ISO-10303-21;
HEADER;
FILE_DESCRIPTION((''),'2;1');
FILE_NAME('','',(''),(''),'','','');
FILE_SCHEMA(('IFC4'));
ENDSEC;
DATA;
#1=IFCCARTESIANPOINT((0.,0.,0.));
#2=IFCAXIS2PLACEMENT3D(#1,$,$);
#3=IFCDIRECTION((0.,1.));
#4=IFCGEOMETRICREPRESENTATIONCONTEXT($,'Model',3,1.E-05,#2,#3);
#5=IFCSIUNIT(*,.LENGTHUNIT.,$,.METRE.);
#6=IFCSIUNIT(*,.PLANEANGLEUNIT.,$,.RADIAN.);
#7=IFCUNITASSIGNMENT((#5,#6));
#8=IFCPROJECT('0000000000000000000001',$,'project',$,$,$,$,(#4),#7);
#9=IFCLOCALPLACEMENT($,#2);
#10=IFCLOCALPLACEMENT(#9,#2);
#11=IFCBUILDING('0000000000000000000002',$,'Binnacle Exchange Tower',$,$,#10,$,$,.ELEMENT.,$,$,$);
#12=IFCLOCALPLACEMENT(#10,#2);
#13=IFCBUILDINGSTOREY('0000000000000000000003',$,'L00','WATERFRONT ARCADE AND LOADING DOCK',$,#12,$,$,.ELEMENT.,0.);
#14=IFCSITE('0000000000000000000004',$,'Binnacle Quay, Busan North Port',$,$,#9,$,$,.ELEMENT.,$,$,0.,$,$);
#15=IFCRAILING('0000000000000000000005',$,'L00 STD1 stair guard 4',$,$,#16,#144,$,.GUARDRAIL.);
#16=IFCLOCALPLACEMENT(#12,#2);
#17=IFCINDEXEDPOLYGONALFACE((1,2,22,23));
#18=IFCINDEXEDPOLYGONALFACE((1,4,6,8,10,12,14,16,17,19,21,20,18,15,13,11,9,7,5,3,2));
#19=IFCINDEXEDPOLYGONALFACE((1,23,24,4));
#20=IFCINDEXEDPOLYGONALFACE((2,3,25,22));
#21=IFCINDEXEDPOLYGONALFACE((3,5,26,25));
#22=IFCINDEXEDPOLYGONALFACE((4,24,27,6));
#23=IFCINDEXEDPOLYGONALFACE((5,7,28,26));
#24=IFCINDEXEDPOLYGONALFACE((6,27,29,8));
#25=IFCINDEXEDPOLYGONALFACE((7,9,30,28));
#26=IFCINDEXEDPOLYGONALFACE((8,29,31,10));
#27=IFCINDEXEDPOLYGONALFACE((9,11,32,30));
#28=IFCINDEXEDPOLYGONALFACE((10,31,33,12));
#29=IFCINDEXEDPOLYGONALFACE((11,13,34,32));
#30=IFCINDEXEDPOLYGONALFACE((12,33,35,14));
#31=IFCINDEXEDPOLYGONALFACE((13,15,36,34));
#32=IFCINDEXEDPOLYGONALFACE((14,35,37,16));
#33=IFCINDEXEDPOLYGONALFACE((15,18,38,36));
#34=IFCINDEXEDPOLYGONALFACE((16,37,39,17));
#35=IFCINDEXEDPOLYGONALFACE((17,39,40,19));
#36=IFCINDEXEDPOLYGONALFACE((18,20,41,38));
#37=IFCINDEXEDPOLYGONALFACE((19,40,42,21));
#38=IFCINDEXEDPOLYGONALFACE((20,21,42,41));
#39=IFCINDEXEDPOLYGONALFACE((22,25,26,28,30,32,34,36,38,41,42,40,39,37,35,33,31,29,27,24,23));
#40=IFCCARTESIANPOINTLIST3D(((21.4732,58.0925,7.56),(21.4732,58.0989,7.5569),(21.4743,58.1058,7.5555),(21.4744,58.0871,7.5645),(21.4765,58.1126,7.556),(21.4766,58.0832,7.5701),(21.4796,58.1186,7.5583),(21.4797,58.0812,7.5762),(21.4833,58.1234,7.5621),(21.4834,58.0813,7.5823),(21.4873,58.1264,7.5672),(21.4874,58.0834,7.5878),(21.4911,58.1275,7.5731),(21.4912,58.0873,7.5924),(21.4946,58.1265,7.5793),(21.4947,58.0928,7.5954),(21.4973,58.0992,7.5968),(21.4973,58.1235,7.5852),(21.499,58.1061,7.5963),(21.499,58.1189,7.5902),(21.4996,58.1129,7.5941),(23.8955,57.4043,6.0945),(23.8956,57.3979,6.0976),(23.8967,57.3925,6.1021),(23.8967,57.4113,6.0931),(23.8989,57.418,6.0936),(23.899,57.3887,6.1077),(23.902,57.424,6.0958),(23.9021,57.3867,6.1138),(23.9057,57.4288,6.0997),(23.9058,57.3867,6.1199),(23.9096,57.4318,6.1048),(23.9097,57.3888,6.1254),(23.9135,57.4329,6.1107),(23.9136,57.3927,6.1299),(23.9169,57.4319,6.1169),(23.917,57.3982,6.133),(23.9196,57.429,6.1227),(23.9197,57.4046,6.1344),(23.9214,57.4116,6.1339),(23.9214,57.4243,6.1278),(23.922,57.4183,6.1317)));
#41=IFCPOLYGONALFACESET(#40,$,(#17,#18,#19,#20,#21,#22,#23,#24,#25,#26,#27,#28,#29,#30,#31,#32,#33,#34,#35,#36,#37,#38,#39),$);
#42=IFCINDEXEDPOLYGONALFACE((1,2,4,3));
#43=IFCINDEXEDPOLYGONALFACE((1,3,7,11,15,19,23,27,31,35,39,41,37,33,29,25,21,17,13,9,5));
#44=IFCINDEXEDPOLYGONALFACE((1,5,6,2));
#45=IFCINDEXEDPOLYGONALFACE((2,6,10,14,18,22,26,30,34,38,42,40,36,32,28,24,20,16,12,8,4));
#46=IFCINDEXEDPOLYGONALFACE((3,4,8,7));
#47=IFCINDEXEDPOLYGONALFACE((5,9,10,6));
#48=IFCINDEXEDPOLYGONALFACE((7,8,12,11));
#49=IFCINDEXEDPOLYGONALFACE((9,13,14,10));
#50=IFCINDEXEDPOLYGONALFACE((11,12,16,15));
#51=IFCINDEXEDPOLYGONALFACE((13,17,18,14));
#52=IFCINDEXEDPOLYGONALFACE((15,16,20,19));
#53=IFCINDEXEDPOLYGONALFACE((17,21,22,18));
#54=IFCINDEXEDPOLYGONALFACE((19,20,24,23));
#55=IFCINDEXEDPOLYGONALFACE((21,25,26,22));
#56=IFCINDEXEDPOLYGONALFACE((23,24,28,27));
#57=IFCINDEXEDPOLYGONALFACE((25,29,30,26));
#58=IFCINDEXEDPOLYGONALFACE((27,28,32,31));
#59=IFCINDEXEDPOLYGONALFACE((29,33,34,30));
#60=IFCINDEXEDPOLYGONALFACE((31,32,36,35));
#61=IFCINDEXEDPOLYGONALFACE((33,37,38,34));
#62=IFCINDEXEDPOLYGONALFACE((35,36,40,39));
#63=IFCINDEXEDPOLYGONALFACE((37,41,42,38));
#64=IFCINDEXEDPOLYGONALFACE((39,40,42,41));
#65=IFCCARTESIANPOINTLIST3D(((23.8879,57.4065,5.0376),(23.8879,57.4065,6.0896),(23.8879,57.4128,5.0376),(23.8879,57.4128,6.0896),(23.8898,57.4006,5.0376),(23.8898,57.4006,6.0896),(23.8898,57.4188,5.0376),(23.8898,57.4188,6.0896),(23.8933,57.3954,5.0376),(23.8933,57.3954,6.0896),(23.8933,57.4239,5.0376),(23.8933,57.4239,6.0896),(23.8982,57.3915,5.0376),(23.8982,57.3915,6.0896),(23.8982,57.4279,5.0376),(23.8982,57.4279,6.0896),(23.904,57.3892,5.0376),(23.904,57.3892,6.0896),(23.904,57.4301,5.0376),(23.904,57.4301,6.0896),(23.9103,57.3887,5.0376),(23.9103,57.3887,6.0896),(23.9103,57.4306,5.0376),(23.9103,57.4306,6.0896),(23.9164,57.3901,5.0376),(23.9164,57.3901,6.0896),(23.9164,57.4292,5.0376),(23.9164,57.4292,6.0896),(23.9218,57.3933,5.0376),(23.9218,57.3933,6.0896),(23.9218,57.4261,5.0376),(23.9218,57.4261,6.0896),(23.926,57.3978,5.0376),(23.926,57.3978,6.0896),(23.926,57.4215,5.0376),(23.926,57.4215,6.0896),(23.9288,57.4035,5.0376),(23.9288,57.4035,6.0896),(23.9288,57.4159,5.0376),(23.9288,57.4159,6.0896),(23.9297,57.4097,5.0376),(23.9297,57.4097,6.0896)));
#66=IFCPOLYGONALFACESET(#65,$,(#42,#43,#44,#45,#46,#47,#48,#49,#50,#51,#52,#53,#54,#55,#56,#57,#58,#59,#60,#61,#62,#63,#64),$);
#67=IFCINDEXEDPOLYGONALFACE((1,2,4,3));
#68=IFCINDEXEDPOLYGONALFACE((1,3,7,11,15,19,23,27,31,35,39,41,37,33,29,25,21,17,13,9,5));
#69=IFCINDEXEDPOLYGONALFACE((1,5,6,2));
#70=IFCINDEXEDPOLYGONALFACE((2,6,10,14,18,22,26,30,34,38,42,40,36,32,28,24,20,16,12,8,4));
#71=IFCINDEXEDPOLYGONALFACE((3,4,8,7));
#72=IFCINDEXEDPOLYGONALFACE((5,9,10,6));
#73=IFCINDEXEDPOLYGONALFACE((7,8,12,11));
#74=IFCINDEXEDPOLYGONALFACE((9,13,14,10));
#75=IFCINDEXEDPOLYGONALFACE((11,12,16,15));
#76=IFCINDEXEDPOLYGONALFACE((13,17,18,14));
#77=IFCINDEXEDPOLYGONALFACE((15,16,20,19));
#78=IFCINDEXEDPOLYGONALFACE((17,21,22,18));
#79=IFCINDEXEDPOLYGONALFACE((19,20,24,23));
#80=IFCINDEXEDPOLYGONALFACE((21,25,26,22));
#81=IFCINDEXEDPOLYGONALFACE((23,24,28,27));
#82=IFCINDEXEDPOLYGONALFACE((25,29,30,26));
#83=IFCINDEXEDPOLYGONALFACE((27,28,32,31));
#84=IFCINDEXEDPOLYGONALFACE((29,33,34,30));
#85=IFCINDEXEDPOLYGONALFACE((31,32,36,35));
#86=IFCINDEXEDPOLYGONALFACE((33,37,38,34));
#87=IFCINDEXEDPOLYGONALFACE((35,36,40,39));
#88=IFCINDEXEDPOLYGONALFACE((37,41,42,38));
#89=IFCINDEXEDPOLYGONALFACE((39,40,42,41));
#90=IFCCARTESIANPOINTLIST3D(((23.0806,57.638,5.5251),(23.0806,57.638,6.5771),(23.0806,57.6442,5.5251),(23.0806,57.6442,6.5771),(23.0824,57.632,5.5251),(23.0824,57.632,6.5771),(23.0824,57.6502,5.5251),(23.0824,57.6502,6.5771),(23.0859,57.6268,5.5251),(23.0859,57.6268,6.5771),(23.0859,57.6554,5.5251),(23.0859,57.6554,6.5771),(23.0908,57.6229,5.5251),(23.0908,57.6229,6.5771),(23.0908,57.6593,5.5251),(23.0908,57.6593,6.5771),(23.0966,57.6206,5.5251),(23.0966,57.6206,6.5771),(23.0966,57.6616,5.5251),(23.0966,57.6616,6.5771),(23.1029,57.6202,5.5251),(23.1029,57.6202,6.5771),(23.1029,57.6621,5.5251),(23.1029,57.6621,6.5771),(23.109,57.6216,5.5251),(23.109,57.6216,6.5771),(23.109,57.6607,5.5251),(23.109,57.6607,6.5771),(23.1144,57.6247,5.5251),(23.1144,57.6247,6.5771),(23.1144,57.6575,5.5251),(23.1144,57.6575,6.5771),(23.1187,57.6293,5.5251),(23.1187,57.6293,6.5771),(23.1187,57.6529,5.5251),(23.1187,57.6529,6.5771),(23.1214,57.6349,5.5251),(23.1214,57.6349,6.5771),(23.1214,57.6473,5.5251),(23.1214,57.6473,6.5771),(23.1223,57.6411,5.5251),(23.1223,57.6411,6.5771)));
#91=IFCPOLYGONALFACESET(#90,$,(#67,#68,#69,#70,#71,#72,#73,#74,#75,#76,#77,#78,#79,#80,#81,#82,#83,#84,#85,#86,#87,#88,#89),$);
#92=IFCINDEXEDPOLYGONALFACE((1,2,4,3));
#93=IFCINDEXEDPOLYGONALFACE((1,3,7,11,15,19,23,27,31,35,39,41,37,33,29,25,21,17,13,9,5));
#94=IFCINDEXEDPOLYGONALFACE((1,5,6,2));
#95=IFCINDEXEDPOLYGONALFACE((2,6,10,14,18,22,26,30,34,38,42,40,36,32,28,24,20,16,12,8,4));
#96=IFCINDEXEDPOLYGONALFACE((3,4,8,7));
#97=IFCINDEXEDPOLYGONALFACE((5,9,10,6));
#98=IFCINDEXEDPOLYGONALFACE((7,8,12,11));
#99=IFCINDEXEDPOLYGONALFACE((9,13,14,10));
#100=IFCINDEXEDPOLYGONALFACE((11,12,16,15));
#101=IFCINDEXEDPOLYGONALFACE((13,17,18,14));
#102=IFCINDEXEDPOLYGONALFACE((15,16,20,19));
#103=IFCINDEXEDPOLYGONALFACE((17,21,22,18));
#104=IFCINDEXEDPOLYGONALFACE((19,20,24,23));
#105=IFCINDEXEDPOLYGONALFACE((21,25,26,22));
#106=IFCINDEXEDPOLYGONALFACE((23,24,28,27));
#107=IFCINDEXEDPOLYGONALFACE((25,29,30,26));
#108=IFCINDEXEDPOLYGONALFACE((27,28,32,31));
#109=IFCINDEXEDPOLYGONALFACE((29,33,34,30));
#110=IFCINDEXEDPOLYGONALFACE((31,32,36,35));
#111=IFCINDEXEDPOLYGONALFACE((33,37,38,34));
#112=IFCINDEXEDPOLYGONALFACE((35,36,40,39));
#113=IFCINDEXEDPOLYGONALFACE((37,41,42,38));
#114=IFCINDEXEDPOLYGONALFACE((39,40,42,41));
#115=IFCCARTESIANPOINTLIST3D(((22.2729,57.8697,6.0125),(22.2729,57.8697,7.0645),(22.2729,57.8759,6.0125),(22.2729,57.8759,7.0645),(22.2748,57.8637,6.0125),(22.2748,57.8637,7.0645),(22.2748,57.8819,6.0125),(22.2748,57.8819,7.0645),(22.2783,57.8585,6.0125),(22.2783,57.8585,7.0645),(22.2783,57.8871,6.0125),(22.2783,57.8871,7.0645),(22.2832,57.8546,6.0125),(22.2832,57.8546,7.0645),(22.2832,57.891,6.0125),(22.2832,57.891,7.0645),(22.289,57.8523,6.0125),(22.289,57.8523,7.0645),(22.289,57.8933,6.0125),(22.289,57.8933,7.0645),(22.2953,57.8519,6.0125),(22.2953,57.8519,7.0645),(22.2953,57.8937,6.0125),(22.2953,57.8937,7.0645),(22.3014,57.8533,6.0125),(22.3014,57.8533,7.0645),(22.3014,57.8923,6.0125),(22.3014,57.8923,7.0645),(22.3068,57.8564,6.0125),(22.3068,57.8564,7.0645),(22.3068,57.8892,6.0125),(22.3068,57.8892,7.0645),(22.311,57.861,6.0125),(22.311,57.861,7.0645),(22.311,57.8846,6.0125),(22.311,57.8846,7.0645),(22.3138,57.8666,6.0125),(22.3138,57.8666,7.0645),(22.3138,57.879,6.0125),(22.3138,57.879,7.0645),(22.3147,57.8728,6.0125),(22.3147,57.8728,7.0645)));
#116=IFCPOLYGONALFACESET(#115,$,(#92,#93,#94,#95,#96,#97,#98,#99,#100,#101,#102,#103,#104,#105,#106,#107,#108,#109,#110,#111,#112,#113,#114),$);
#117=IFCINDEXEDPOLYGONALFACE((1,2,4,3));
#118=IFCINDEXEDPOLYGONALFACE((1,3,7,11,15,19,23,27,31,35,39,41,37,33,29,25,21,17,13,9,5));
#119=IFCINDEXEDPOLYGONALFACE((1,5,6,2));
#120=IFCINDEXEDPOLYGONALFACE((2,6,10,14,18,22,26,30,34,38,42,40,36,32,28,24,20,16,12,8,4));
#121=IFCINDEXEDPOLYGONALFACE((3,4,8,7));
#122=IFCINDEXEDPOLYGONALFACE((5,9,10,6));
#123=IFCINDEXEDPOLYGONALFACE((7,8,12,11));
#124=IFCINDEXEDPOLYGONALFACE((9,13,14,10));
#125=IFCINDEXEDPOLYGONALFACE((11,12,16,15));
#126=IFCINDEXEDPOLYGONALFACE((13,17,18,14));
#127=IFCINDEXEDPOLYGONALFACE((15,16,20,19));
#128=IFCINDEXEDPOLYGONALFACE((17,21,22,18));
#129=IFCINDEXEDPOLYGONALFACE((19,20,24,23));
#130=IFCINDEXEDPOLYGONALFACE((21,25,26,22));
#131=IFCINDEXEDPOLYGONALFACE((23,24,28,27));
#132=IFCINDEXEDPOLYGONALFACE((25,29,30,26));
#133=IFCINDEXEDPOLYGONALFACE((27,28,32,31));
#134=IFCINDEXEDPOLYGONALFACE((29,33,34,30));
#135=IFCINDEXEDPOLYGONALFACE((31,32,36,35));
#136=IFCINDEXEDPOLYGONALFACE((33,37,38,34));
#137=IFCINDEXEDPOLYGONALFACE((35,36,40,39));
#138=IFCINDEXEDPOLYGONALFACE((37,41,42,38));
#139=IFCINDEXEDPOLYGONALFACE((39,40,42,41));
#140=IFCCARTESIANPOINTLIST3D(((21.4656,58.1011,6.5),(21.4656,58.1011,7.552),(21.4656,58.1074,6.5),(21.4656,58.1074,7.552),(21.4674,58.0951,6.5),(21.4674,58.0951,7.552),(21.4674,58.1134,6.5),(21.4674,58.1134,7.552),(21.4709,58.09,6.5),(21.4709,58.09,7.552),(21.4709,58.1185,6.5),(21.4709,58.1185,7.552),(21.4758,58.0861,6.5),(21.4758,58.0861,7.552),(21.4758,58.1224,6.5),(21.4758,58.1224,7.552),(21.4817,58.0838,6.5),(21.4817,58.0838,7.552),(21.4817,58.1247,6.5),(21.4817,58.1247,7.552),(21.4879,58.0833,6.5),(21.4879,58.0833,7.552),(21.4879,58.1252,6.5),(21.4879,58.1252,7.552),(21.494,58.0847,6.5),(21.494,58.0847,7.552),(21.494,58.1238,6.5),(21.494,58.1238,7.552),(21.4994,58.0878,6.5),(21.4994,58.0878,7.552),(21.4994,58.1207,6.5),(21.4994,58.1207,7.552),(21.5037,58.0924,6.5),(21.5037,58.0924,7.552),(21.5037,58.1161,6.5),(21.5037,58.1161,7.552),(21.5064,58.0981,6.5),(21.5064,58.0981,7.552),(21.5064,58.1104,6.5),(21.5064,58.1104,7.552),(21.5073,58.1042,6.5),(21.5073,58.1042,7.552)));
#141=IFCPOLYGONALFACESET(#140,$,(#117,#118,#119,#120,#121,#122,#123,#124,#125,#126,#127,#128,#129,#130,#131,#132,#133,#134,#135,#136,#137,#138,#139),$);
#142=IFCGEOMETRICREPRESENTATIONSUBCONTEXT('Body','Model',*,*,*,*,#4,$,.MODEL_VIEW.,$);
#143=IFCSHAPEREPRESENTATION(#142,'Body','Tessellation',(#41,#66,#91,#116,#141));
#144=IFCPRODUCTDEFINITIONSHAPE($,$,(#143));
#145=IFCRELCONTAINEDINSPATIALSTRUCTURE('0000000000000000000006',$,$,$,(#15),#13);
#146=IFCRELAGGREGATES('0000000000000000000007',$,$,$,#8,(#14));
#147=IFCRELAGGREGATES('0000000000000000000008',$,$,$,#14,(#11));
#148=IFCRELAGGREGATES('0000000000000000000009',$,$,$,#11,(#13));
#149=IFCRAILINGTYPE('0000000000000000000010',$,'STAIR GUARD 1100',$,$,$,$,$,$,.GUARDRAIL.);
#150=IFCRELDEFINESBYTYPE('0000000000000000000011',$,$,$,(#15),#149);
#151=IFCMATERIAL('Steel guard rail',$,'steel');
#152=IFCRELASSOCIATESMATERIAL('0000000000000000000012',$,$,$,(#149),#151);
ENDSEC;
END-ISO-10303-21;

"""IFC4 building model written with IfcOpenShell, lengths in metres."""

from ifc_helpers import new_model, si_unit, direction, frame, origin, origin_2d, place, context, subcontext, project, spatial, circle, extrude, material, type_object, element, save


model = new_model("IFC4")

# Units and contexts
model_context = context("Model", 3, precision=1e-05, world=origin(), true_north=direction((0.0, 1.0)))
body_context = subcontext(model_context, "Body", "Model", "MODEL_VIEW")
ifc_project = project(units=[si_unit("LENGTHUNIT", "METRE"), si_unit("PLANEANGLEUNIT", "RADIAN")], contexts=[model_context])

# Site, building, storey
site_placement = place(None, origin())
site = spatial("IfcSite", under=ifc_project, at=site_placement, Name="Binnacle Quay, Busan North Port", CompositionType="ELEMENT", RefElevation=0.0)
building_placement = place(site_placement, origin())
building = spatial("IfcBuilding", under=site, at=building_placement, Name="Binnacle Exchange Tower", CompositionType="ELEMENT")
storey_placement = place(building_placement, origin())
storey = spatial("IfcBuildingStorey", under=building, at=storey_placement, Name="L00", Description="WATERFRONT ARCADE AND LOADING DOCK", CompositionType="ELEMENT", Elevation=0.0)

# Railing
ifc_material_1 = material(Name="Steel guard rail", Category="steel")
railing_type = type_object("IfcRailingType", Name="STAIR GUARD 1100", PredefinedType="GUARDRAIL", material=ifc_material_1)
railing_1_placement = place(storey_placement, frame((23.9087, 57.4097, 5.0376)))
element("IfcRailing", 1, at=railing_1_placement, inside=storey, type_object=railing_type, Name="L00 STD1 stair guard 4", PredefinedType="GUARDRAIL", context=body_context, shape_type="SweptSolid", body=[
    extrude(circle(Radius=0.0239, at=origin_2d()), frame((0.0, 0.0, 1.0762), z_axis=(-0.831406, 0.238395, 0.501928), x_axis=(-0.27563, -0.961264, 0.0)), (0.0, 0.0, 1.0), 2.9136),
    extrude(circle(Radius=0.021, at=origin_2d()), origin(), (0.0, 0.0, 1.0), 1.052),
    extrude(circle(Radius=0.021, at=origin_2d()), frame((-0.8074, 0.2314, 0.4875)), (0.0, 0.0, 1.0), 1.052),
    extrude(circle(Radius=0.021, at=origin_2d()), frame((-1.615, 0.4631, 0.9749)), (0.0, 0.0, 1.0), 1.052),
    extrude(circle(Radius=0.021, at=origin_2d()), frame((-2.4224, 0.6946, 1.4624)), (0.0, 0.0, 1.0), 1.052),
])

save(model, "model.ifc")
